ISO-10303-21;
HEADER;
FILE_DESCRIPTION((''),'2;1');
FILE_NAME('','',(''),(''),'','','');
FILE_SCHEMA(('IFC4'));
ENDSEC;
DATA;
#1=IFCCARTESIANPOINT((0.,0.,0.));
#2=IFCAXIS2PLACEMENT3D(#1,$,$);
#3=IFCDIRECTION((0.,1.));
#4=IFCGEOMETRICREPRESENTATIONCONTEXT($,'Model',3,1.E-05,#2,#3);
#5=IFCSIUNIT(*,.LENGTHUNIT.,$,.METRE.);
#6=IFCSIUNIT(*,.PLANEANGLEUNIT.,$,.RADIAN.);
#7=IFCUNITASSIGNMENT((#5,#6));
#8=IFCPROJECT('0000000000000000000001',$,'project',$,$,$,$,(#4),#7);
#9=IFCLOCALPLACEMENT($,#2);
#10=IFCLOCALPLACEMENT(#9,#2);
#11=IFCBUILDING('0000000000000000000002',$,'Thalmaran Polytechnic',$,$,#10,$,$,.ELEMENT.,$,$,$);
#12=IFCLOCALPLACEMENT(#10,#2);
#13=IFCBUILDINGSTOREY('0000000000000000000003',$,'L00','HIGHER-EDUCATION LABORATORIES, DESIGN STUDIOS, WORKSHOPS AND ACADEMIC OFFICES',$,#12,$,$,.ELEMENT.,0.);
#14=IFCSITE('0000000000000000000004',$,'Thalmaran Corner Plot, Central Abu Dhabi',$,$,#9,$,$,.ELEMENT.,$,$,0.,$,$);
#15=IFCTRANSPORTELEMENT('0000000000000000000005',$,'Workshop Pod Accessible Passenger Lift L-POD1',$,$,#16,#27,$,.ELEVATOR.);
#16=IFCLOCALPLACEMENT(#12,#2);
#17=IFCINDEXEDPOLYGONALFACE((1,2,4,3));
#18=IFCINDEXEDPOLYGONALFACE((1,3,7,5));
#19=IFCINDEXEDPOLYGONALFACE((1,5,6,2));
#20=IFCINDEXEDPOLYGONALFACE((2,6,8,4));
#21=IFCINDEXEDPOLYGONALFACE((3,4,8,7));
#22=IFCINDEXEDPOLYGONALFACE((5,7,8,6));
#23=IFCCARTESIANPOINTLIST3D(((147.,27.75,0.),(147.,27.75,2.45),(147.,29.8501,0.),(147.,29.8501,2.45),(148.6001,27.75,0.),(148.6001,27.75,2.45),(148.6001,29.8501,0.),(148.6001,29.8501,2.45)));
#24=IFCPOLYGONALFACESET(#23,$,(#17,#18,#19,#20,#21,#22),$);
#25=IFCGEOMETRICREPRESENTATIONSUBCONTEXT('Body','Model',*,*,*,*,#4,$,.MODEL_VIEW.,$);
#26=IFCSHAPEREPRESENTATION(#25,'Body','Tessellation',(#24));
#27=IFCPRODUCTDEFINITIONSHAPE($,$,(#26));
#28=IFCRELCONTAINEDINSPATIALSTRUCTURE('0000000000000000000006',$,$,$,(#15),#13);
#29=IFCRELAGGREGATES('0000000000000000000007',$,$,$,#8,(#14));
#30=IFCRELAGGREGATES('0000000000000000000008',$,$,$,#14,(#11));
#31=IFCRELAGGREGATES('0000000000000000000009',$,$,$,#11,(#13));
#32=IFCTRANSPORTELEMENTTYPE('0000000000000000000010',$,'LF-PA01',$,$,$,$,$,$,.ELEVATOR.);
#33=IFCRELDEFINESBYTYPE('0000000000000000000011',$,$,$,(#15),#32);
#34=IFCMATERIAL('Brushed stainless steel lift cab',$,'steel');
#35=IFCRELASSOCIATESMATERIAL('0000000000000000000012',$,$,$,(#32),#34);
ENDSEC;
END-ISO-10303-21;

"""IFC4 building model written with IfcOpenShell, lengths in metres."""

from ifc_helpers import new_model, si_unit, direction, frame, origin, origin_2d, place, context, subcontext, project, spatial, rectangle, extrude, material, type_object, element, save


model = new_model("IFC4")

# Units and contexts
model_context = context("Model", 3, precision=1e-05, world=origin(), true_north=direction((0.0, 1.0)))
body_context = subcontext(model_context, "Body", "Model", "MODEL_VIEW")
ifc_project = project(units=[si_unit("LENGTHUNIT", "METRE"), si_unit("PLANEANGLEUNIT", "RADIAN")], contexts=[model_context])

# Site, building, storey
site_placement = place(None, origin())
site = spatial("IfcSite", under=ifc_project, at=site_placement, Name="Thalmaran Corner Plot, Central Abu Dhabi", CompositionType="ELEMENT", RefElevation=0.0)
building_placement = place(site_placement, origin())
building = spatial("IfcBuilding", under=site, at=building_placement, Name="Thalmaran Polytechnic", CompositionType="ELEMENT")
storey_placement = place(building_placement, origin())
storey = spatial("IfcBuildingStorey", under=building, at=storey_placement, Name="L00", Description="HIGHER-EDUCATION LABORATORIES, DESIGN STUDIOS, WORKSHOPS AND ACADEMIC OFFICES", CompositionType="ELEMENT", Elevation=0.0)

# Transport element
ifc_material_1 = material(Name="Brushed stainless steel lift cab", Category="steel")
transport_element_type = type_object("IfcTransportElementType", Name="LF-PA01", PredefinedType="ELEVATOR", material=ifc_material_1)
transport_element_placement = place(storey_placement, frame((147.8, 28.8, 0.0), z_axis=(0.0, 0.0, 1.0), x_axis=(1.0, 0.0, 0.0)))
element("IfcTransportElement", 1, at=transport_element_placement, inside=storey, type_object=transport_element_type, Name="Workshop Pod Accessible Passenger Lift L-POD1", PredefinedType="ELEVATOR", context=body_context, shape_type="SweptSolid", body=[
    extrude(rectangle(XDim=1.6001, YDim=2.1001, at=origin_2d()), origin(), (0.0, 0.0, 1.0), 2.45),
])

save(model, "model.ifc")
